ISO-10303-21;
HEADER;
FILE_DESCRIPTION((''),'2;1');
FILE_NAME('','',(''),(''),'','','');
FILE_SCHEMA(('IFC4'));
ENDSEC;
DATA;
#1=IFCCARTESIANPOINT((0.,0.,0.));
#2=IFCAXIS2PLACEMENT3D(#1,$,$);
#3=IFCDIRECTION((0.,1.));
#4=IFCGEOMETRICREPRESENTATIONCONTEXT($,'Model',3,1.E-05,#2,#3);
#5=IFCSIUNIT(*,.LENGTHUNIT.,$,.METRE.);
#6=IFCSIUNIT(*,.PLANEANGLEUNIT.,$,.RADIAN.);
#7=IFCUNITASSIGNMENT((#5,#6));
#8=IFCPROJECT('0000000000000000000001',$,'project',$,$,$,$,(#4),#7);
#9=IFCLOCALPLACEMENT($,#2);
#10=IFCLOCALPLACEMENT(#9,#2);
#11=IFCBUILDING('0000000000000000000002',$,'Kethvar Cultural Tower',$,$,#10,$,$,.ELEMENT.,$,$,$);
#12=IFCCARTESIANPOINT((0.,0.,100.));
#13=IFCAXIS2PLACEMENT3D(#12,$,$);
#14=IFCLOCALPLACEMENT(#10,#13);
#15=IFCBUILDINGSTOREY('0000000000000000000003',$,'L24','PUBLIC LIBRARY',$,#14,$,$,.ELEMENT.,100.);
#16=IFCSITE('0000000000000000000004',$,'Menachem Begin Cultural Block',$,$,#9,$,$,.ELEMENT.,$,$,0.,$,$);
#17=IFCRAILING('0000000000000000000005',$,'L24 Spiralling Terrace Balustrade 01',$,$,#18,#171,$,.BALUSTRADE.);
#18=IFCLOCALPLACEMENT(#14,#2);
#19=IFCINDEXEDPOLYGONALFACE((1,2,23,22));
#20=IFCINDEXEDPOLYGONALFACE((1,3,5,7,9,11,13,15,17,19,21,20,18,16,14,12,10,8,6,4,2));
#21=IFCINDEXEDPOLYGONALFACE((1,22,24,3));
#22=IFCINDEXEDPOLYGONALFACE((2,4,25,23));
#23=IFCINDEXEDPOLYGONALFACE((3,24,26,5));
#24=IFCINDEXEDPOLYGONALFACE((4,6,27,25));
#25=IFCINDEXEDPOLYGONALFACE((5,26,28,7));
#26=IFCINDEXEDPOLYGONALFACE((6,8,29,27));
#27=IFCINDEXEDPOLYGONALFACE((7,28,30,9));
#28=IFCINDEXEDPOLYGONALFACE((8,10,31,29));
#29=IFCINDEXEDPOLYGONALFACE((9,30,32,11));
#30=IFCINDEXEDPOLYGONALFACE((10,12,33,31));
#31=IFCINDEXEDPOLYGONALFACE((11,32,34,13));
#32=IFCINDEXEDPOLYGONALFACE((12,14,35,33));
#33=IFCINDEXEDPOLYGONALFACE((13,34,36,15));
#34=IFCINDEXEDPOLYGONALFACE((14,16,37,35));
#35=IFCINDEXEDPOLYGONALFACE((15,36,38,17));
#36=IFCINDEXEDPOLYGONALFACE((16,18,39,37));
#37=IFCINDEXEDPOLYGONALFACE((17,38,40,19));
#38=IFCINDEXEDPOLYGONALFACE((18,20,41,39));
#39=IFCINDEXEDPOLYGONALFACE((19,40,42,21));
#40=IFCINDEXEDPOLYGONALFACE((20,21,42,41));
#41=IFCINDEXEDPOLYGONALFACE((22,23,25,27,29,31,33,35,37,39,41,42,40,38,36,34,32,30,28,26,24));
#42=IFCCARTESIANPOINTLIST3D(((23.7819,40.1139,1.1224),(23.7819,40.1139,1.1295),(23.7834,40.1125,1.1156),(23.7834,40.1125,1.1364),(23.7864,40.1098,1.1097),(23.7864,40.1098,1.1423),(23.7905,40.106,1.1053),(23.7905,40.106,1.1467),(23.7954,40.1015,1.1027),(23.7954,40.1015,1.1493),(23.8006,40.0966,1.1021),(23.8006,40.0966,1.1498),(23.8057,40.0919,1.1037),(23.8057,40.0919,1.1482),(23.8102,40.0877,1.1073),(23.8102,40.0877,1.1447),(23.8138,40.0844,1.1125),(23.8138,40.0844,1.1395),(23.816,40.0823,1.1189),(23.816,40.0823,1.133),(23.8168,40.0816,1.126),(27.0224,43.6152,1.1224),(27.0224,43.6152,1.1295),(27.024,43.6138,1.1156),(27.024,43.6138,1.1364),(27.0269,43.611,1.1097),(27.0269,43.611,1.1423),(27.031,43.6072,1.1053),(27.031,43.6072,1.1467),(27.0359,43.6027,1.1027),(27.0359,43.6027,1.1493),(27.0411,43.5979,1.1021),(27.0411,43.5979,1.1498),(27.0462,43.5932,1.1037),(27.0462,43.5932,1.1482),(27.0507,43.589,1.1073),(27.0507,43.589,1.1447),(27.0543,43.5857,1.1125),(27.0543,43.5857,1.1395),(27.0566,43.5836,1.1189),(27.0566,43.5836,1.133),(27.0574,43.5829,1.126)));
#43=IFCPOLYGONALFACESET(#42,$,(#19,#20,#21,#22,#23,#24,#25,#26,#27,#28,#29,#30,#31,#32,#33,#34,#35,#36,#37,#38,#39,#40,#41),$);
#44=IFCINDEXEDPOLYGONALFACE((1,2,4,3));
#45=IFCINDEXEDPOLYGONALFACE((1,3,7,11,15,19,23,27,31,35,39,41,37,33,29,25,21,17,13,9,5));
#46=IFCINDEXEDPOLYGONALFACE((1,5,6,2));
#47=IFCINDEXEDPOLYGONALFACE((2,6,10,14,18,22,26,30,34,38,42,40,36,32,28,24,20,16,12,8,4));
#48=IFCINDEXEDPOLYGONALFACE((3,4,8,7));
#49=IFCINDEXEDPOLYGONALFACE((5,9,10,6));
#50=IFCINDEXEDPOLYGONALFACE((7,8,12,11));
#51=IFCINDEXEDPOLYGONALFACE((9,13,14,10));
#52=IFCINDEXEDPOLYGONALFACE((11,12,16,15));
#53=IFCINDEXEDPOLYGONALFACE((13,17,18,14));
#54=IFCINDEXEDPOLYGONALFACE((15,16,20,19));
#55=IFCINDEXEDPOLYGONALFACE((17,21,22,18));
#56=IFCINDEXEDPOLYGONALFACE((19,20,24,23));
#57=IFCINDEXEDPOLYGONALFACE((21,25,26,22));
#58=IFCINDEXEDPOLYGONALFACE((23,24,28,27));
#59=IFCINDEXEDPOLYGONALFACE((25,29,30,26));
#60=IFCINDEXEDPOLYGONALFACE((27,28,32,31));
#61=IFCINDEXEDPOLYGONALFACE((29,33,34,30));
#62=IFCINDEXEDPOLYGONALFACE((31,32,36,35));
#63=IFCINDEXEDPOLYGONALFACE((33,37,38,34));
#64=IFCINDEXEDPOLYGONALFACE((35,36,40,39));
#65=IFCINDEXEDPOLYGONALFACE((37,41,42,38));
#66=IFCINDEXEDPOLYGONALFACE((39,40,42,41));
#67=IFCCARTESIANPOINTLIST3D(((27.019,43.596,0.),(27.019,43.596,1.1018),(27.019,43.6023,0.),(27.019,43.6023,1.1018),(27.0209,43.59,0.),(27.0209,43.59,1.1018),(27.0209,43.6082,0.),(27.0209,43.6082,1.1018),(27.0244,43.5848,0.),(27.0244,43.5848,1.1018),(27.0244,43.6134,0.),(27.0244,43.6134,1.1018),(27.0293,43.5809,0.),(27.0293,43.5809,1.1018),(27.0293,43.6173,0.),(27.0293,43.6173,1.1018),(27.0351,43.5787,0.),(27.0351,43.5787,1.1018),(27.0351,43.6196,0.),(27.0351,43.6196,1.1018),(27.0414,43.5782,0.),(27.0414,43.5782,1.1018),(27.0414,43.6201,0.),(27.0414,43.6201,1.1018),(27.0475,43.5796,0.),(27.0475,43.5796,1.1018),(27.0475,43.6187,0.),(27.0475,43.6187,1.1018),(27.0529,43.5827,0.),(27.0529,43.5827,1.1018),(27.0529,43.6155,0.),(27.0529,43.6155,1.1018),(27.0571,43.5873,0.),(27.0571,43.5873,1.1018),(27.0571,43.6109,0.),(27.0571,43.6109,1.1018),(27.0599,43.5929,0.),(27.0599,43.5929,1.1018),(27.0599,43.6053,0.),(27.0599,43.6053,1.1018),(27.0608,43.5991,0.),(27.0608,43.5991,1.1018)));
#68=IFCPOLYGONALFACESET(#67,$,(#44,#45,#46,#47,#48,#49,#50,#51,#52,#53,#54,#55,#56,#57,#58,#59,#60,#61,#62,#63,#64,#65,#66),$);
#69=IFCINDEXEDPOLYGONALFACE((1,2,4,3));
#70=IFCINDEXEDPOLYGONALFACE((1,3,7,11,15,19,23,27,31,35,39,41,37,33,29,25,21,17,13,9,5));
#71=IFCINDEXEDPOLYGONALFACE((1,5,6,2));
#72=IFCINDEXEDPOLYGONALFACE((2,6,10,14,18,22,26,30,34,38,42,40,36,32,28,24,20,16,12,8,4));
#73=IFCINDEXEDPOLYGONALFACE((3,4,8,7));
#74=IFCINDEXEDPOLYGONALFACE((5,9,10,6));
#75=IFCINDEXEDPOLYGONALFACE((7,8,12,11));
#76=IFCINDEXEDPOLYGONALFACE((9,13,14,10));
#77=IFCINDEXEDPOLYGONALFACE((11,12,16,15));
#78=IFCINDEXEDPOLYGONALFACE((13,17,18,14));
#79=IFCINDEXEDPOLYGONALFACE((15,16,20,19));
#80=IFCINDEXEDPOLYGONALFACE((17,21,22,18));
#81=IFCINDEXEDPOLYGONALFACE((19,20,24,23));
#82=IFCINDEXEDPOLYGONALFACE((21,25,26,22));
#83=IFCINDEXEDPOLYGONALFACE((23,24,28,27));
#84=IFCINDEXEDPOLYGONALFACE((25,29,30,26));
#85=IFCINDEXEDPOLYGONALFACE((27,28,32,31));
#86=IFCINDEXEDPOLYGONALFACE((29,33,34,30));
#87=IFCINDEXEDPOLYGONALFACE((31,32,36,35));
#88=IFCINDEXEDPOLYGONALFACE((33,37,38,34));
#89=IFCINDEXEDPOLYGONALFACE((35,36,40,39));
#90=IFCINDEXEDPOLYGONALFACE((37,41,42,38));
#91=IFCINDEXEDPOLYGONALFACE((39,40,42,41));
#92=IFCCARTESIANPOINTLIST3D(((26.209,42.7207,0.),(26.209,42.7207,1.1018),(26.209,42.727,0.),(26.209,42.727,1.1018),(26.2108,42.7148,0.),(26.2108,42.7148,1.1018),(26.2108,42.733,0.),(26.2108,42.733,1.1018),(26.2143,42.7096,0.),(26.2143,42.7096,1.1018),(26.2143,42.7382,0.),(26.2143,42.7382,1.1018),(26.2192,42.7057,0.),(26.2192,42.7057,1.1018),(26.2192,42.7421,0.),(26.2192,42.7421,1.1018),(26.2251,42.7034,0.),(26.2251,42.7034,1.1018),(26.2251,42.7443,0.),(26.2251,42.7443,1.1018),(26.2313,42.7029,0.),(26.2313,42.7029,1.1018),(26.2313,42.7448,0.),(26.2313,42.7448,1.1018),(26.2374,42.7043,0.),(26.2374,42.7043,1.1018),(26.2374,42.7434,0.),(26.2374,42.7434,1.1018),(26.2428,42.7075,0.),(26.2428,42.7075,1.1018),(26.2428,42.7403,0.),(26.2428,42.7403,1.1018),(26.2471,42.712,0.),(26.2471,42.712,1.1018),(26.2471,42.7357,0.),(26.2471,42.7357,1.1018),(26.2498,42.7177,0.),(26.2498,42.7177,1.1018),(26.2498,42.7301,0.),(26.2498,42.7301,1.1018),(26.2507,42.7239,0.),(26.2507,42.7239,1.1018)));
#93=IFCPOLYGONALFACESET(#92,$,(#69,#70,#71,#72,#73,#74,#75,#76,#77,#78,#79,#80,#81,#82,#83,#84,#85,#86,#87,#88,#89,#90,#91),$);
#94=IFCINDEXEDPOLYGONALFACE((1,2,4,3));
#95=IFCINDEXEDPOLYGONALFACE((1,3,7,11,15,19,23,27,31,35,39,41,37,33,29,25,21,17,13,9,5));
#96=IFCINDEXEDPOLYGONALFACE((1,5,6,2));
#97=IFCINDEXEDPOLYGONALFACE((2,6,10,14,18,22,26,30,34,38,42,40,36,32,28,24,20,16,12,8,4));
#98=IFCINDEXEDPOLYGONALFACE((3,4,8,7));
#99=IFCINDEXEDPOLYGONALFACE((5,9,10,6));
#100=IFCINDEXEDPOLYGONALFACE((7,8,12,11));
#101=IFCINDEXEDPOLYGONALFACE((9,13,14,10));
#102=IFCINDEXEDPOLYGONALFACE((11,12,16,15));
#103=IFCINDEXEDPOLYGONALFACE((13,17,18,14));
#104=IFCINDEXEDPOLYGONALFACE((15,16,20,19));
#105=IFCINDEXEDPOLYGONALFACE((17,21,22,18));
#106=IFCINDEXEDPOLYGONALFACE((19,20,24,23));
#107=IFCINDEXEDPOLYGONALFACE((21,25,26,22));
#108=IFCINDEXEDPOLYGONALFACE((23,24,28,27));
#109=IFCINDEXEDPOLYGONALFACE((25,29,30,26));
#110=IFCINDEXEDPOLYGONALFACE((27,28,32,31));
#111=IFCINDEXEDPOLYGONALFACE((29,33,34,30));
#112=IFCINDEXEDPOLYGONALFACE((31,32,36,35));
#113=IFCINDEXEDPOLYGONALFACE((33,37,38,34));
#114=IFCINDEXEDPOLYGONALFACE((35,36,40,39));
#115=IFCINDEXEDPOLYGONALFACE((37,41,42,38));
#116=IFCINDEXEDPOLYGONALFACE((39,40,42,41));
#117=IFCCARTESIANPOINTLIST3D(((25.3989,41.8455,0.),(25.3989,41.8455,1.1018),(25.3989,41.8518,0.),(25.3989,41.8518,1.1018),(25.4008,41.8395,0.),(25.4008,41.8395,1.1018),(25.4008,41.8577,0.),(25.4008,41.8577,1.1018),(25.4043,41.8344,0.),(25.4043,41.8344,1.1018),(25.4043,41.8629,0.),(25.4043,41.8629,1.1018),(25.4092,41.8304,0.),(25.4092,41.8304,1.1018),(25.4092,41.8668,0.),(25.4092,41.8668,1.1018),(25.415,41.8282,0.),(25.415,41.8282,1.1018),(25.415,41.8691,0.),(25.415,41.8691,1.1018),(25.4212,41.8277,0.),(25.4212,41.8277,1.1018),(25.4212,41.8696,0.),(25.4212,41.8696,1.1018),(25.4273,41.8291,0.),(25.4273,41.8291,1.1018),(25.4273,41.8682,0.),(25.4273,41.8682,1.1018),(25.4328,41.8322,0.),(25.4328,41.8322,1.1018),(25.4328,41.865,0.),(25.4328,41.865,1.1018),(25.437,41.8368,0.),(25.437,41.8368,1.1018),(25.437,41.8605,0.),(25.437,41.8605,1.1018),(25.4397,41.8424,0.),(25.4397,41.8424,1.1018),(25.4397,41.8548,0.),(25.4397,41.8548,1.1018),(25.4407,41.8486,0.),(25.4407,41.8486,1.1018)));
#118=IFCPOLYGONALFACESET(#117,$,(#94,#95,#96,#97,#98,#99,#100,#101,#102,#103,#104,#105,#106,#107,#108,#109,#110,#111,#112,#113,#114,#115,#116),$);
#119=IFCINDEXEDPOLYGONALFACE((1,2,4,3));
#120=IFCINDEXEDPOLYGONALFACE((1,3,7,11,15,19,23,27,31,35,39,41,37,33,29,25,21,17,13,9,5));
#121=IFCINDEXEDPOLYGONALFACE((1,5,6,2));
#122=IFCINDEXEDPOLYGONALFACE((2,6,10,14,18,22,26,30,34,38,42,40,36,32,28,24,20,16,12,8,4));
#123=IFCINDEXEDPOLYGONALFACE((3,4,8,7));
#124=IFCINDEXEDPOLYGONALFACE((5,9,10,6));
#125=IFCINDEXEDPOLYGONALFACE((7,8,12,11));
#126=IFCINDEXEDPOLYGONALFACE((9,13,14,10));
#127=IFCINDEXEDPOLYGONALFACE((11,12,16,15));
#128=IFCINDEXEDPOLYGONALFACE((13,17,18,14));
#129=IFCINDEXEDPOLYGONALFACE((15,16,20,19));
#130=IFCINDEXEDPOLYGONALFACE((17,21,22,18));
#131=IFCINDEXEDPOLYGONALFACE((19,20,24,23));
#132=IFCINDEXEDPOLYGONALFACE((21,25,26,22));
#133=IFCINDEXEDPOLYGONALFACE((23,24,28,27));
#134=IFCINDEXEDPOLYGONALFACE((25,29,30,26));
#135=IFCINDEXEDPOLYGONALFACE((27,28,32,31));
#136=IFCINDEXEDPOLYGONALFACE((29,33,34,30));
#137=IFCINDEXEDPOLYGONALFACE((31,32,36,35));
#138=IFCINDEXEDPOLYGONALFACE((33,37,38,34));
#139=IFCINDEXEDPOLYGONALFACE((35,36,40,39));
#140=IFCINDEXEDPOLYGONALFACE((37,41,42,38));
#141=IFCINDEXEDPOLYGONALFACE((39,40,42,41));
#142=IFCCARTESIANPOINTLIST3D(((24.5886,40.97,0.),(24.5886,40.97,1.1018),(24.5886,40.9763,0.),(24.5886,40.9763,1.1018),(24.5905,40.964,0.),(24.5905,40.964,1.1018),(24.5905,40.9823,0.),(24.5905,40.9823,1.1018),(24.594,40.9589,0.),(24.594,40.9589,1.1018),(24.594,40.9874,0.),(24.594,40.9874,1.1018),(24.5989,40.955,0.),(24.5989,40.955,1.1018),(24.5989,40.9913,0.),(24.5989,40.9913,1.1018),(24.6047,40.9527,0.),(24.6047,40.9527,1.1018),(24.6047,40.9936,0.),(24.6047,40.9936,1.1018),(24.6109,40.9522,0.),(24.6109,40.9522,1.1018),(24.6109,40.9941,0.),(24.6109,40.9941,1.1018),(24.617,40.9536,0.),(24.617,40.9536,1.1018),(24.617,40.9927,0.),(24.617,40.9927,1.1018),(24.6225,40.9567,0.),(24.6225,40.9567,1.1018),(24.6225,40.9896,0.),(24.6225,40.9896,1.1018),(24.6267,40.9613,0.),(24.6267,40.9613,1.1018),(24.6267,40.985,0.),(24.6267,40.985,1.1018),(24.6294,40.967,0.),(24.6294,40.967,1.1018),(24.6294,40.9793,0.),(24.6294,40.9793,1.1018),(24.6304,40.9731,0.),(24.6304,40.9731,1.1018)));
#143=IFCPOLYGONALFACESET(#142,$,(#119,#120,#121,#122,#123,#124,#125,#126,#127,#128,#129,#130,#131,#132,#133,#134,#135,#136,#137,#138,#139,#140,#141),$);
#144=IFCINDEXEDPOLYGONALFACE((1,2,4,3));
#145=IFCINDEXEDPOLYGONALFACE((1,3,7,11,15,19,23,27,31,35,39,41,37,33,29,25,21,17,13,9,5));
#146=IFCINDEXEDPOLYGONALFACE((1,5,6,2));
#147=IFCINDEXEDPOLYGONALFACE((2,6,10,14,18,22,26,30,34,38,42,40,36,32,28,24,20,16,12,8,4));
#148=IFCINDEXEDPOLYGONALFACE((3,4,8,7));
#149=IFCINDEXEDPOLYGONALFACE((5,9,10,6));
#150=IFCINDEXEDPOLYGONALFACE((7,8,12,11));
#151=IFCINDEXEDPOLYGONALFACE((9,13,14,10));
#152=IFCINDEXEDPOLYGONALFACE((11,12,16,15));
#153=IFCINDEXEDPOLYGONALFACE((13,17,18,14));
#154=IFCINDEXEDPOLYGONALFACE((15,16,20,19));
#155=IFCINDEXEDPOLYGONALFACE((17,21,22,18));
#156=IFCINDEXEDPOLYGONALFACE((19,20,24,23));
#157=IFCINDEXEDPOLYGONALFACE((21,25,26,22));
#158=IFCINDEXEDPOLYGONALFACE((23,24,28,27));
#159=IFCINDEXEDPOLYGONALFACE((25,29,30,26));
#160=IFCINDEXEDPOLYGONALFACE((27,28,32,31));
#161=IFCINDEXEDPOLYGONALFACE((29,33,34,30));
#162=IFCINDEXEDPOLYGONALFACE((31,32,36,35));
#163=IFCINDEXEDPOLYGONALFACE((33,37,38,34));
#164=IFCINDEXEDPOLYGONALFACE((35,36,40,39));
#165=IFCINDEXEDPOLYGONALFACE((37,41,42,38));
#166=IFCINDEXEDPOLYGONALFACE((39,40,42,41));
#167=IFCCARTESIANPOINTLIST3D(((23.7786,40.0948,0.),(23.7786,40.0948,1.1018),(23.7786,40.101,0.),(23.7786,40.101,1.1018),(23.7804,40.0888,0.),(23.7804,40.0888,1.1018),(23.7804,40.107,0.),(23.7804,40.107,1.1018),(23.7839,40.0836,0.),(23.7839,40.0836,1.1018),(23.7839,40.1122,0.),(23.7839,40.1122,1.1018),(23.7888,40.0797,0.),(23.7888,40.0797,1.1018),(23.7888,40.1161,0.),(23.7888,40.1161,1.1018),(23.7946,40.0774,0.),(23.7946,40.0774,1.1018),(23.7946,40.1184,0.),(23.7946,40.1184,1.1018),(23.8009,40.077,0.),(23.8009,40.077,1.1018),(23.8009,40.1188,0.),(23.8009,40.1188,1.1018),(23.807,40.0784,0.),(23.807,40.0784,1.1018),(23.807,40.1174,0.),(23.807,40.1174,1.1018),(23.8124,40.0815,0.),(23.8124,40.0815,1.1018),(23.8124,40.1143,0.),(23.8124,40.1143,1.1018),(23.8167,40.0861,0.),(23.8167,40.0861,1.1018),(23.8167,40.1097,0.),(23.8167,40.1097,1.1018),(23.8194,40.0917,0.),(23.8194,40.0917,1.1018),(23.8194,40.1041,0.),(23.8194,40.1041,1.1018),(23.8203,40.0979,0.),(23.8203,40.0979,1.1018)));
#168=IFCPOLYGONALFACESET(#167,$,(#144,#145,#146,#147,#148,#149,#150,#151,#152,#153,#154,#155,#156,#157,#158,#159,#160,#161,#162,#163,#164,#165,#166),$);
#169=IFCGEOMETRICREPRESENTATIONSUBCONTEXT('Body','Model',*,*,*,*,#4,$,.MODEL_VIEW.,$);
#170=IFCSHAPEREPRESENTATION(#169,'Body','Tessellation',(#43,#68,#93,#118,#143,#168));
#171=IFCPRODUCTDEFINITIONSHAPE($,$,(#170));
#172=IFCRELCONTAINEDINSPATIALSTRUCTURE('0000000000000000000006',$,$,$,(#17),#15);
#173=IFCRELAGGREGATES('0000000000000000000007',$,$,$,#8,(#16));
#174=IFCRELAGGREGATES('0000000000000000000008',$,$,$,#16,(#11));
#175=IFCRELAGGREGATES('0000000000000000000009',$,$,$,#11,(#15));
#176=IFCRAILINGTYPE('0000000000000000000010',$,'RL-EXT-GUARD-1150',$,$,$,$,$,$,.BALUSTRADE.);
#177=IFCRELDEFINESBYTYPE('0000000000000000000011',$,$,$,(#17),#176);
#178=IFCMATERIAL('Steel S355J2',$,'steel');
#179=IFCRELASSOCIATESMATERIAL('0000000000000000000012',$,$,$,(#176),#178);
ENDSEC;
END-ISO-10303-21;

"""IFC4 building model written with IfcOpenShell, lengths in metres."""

from ifc_helpers import new_model, si_unit, direction, frame, origin, origin_2d, place, context, subcontext, project, spatial, circle, extrude, material, type_object, element, save


model = new_model("IFC4")

# Units and contexts
model_context = context("Model", 3, precision=1e-05, world=origin(), true_north=direction((0.0, 1.0)))
body_context = subcontext(model_context, "Body", "Model", "MODEL_VIEW")
ifc_project = project(units=[si_unit("LENGTHUNIT", "METRE"), si_unit("PLANEANGLEUNIT", "RADIAN")], contexts=[model_context])

# Site, building, storey
site_placement = place(None, origin())
site = spatial("IfcSite", under=ifc_project, at=site_placement, Name="Menachem Begin Cultural Block", CompositionType="ELEMENT", RefElevation=0.0)
building_placement = place(site_placement, origin())
building = spatial("IfcBuilding", under=site, at=building_placement, Name="Kethvar Cultural Tower", CompositionType="ELEMENT")
storey_placement = place(building_placement, frame((0.0, 0.0, 100.0)))
storey = spatial("IfcBuildingStorey", under=building, at=storey_placement, Name="L24", Description="PUBLIC LIBRARY", CompositionType="ELEMENT", Elevation=100.0)

# Shared definitions
ifc_material_1 = material(Name="Steel S355J2", Category="steel")

# Railing
railing_type = type_object("IfcRailingType", Name="RL-EXT-GUARD-1150", PredefinedType="BALUSTRADE", material=ifc_material_1)
railing_1_placement = place(storey_placement, frame((27.0398, 43.5991, 0.0)))
element("IfcRailing", 1, at=railing_1_placement, inside=storey, type_object=railing_type, Name="L24 Spiralling Terrace Balustrade 01", PredefinedType="BALUSTRADE", context=body_context, shape_type="SweptSolid", body=[
    extrude(circle(Radius=0.0239, at=origin_2d()), frame((0.0, 0.0, 1.126), z_axis=(-0.679251, -0.733906, 0.0), x_axis=(0.733906, -0.679251, 0.0)), (0.0, 0.0, 1.0), 4.7708),
    extrude(circle(Radius=0.021, at=origin_2d()), origin(), (0.0, 0.0, 1.0), 1.1018),
    extrude(circle(Radius=0.021, at=origin_2d()), frame((-0.8101, -0.8752, 0.0)), (0.0, 0.0, 1.0), 1.1018),
    extrude(circle(Radius=0.021, at=origin_2d()), frame((-1.6201, -1.7505, 0.0)), (0.0, 0.0, 1.0), 1.1018),
    extrude(circle(Radius=0.021, at=origin_2d()), frame((-2.4304, -2.626, 0.0)), (0.0, 0.0, 1.0), 1.1018),
    extrude(circle(Radius=0.021, at=origin_2d()), frame((-3.2405, -3.5012, 0.0)), (0.0, 0.0, 1.0), 1.1018),
])

save(model, "model.ifc")
